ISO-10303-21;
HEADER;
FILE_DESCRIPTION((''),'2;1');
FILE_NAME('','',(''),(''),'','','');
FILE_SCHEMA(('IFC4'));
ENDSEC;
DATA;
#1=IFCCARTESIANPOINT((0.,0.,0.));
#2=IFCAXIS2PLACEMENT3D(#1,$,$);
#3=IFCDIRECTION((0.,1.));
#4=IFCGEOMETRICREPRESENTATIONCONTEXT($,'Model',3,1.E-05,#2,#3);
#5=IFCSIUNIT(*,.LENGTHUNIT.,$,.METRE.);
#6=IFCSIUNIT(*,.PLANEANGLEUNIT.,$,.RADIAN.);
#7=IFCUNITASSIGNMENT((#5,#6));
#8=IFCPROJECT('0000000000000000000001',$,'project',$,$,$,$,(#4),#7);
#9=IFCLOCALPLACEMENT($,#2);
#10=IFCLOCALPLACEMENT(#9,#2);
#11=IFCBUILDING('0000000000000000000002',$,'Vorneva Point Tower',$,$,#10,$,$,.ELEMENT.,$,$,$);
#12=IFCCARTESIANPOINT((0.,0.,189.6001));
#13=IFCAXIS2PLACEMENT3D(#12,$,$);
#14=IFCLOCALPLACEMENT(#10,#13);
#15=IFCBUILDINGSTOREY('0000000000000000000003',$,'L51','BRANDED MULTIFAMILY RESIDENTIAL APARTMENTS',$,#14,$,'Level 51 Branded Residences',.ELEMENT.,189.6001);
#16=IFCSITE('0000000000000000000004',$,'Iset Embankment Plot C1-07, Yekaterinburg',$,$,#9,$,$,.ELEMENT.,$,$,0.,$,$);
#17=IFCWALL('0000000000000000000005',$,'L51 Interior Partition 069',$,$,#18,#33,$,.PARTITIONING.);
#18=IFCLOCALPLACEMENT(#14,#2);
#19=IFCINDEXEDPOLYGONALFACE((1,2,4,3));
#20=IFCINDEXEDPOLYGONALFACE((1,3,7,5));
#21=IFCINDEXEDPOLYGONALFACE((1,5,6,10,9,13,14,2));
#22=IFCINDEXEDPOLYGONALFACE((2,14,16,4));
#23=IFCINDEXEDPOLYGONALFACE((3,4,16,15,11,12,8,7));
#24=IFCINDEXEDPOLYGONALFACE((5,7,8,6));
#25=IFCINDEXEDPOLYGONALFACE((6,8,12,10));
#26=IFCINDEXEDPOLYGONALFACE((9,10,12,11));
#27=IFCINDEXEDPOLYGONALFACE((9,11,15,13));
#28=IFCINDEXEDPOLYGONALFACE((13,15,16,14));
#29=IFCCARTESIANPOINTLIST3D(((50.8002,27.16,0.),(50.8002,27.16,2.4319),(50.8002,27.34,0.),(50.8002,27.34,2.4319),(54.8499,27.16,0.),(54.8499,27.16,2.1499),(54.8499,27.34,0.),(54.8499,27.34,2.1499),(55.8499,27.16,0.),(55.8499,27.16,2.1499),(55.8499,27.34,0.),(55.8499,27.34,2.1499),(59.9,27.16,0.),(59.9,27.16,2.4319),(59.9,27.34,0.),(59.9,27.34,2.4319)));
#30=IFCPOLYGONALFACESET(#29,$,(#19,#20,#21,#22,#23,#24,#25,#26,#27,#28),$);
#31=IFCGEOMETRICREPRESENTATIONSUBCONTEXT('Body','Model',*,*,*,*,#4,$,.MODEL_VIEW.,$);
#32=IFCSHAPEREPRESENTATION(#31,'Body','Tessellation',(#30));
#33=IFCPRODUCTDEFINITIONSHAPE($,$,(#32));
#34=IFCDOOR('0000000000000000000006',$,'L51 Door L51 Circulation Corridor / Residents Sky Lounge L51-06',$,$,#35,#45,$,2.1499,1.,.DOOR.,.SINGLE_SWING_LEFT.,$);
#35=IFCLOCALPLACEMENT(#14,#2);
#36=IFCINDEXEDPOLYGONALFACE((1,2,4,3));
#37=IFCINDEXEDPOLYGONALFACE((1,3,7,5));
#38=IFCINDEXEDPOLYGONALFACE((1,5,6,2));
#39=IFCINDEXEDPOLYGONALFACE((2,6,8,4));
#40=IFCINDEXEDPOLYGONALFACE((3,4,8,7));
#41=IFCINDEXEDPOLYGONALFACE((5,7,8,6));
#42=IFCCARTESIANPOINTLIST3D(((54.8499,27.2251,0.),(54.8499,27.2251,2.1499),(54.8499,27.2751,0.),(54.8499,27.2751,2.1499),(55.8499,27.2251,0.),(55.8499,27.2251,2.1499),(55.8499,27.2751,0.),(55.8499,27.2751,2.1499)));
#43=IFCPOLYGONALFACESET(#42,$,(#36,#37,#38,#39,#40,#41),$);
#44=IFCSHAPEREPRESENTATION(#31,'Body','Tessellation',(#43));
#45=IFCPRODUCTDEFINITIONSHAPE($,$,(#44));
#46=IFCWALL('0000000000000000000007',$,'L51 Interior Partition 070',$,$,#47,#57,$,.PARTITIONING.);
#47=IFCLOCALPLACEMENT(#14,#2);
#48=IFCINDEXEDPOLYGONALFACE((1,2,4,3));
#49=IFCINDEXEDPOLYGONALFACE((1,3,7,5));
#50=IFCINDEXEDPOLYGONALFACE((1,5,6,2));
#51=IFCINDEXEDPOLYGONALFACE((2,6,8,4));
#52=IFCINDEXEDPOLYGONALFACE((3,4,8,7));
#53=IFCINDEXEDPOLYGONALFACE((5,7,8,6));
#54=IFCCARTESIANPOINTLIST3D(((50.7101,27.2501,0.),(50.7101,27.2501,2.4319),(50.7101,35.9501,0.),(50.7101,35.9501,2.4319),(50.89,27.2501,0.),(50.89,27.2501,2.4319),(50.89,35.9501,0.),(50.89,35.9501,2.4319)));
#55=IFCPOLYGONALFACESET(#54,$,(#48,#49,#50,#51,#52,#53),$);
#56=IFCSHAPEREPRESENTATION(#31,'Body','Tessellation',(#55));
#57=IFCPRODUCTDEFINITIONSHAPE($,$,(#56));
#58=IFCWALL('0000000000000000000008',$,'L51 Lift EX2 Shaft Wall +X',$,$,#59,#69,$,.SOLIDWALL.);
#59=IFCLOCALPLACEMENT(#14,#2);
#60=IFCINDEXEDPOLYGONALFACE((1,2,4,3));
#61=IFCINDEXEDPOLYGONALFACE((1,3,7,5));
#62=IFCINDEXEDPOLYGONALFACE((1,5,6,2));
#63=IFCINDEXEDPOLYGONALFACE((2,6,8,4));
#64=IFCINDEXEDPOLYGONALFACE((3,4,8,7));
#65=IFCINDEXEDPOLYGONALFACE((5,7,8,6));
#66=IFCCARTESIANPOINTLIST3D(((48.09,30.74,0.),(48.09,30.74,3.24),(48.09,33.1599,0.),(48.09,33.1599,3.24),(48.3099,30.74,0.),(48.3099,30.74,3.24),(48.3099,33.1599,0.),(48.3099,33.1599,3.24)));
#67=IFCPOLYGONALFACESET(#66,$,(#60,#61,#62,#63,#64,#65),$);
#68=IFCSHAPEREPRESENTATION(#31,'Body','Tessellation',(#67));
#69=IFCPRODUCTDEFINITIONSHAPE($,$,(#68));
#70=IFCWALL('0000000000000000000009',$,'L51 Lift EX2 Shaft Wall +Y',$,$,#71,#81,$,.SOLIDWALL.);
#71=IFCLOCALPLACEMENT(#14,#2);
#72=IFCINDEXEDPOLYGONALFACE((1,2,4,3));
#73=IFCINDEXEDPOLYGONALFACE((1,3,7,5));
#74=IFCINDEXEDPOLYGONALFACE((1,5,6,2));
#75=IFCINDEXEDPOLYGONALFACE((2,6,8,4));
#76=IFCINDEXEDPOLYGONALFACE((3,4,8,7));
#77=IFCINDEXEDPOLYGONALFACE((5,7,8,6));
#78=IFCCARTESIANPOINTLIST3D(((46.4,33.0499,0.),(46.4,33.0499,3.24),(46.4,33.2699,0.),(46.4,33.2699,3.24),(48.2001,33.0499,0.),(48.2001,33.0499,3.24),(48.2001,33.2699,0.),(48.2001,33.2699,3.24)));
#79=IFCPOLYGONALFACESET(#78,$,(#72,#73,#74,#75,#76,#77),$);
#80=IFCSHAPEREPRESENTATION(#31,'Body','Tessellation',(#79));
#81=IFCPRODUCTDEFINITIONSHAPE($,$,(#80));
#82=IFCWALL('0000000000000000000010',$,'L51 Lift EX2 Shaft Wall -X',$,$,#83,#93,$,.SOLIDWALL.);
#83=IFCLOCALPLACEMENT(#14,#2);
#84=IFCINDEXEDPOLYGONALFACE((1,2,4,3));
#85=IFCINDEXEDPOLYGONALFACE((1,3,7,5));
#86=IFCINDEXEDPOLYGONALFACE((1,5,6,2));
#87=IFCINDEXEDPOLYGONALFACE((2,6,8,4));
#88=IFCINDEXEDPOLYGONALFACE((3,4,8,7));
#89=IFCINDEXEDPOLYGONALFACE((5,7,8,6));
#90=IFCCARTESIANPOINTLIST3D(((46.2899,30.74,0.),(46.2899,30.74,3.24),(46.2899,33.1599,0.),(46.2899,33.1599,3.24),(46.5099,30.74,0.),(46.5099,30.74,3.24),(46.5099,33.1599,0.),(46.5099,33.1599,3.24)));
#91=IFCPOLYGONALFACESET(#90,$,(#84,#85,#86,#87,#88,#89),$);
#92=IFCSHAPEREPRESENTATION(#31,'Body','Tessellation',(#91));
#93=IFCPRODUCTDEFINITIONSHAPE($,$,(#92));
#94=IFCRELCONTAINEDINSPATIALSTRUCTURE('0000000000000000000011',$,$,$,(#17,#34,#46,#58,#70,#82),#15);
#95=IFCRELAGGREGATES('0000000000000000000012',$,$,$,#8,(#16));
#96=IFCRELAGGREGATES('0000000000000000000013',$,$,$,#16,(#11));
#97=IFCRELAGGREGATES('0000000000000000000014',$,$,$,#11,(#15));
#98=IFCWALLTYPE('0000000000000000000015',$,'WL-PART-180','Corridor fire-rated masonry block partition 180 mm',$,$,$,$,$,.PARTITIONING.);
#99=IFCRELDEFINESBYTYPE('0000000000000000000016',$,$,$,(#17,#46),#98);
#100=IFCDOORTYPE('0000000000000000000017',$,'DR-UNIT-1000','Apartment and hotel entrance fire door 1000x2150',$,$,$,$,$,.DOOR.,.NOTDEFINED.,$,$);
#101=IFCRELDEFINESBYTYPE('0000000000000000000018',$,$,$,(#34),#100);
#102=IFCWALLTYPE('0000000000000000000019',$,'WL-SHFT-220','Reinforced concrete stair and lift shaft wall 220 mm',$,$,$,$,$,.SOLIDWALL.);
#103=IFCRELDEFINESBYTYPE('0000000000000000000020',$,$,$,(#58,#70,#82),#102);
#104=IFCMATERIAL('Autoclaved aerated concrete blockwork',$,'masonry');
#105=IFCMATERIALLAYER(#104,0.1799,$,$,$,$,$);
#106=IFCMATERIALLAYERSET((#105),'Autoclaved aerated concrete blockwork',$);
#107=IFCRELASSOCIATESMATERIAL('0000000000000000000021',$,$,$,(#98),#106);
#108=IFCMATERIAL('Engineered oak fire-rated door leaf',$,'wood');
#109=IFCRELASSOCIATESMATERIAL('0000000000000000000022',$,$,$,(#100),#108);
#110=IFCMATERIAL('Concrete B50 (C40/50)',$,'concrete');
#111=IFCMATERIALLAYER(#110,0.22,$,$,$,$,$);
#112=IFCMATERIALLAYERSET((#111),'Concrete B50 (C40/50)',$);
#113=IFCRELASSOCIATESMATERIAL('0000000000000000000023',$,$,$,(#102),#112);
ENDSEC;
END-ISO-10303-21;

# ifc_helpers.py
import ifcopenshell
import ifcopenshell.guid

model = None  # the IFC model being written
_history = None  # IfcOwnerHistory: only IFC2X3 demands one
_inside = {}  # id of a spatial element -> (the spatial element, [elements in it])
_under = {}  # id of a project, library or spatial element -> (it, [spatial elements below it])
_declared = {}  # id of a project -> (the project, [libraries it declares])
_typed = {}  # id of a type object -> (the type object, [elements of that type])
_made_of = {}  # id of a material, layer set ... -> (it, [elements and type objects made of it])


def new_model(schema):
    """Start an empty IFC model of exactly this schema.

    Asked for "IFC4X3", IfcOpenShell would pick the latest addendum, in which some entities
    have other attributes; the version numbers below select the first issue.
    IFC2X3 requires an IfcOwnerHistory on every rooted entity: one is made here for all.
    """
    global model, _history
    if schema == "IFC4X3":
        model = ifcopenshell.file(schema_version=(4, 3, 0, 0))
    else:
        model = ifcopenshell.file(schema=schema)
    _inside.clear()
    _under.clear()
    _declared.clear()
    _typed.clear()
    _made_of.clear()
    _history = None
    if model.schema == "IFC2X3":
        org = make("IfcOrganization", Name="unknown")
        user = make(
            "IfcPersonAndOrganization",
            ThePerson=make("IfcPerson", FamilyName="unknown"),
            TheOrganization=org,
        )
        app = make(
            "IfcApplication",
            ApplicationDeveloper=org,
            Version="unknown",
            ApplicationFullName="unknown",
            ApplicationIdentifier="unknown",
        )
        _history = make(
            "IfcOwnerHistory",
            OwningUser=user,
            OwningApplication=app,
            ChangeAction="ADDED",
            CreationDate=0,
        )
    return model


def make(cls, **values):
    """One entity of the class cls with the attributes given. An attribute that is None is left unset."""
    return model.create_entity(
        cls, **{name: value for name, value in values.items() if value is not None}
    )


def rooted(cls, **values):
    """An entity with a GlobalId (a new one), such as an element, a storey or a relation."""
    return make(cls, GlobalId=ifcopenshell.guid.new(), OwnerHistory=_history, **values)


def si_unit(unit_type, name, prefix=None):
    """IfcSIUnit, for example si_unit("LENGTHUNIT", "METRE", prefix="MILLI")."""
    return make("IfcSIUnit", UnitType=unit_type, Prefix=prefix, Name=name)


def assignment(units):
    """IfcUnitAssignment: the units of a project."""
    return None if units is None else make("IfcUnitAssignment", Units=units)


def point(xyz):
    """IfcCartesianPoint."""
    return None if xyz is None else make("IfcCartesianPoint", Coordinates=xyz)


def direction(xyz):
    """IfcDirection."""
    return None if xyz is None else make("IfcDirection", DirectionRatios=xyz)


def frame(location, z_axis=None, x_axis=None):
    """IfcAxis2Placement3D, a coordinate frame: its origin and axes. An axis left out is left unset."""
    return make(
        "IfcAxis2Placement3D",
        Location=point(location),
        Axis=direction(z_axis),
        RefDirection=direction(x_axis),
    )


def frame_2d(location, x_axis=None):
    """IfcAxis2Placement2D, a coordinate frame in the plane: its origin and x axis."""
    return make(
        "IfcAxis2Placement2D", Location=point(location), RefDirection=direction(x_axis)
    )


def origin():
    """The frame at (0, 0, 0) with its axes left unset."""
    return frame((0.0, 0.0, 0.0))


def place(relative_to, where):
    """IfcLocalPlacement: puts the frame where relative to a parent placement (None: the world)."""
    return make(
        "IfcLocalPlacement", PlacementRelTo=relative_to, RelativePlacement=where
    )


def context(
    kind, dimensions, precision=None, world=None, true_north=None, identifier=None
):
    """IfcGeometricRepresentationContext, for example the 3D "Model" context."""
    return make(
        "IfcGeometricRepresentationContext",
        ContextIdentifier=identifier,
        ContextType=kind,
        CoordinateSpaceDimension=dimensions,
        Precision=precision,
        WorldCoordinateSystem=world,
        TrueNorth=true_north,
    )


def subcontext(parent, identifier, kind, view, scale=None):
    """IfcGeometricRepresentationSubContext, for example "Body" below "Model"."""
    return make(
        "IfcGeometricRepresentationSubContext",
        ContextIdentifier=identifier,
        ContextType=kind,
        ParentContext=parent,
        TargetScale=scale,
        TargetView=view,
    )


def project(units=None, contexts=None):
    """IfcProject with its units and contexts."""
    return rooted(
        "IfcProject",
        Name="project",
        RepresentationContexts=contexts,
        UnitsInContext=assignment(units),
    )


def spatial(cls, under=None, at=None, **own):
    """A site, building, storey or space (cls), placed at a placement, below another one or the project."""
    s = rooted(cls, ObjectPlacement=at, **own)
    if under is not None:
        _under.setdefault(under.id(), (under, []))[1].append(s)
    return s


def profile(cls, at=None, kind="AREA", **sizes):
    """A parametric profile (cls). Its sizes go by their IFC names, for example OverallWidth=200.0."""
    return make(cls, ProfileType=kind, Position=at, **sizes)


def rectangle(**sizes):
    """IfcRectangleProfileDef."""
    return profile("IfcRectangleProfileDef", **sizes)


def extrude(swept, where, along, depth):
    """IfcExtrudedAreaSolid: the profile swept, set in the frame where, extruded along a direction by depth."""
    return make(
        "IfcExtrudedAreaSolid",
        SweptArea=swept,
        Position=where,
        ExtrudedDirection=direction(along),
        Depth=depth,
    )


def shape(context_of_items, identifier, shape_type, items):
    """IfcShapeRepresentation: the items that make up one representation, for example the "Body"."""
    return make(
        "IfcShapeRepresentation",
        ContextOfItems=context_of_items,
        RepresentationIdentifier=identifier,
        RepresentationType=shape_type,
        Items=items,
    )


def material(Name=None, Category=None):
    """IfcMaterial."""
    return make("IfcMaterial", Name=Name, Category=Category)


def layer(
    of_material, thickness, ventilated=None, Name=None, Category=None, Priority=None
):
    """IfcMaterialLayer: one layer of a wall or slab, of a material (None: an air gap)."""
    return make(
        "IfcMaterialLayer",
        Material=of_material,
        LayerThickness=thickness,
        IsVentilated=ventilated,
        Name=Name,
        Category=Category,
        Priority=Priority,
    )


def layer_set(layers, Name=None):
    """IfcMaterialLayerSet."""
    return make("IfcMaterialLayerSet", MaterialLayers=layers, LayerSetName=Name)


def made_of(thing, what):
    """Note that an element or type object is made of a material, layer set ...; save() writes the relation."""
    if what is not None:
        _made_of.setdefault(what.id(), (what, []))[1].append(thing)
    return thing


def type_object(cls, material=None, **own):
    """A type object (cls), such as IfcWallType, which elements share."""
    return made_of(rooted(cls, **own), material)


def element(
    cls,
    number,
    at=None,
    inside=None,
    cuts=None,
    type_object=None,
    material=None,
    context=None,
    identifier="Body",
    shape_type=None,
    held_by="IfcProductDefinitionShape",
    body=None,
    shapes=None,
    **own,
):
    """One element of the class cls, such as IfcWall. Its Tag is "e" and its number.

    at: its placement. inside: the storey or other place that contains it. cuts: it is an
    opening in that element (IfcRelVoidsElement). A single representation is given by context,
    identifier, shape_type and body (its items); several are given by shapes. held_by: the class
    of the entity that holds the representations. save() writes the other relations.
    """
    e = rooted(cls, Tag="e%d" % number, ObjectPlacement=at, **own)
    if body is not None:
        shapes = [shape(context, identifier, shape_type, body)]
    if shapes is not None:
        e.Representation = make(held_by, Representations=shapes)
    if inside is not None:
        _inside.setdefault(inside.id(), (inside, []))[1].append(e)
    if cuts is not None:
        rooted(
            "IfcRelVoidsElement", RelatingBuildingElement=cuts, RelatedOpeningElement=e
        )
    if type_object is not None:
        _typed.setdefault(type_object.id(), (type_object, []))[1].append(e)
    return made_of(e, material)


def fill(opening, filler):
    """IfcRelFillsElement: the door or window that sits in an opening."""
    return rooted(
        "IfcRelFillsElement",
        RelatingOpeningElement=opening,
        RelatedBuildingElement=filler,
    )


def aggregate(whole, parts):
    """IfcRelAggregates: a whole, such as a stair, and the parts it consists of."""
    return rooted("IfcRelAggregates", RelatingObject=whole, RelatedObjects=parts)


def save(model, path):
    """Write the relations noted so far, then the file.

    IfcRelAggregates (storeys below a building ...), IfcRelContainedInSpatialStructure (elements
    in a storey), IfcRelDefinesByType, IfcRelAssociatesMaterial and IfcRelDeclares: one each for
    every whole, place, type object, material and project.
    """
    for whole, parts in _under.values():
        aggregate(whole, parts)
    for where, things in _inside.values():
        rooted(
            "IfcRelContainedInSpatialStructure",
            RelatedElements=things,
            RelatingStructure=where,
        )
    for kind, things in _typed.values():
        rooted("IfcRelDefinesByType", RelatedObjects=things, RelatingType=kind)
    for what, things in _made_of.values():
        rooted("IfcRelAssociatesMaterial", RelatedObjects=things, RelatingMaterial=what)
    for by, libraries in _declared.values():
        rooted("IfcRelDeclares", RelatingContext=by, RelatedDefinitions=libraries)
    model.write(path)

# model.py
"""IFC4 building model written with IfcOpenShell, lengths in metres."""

from ifc_helpers import new_model, si_unit, direction, frame, frame_2d, origin, place, context, subcontext, project, spatial, rectangle, extrude, material, layer, layer_set, type_object, element, fill, save


model = new_model("IFC4")

# Units and contexts
model_context = context("Model", 3, precision=1e-05, world=origin(), true_north=direction((0.0, 1.0)))
body_context = subcontext(model_context, "Body", "Model", "MODEL_VIEW")
ifc_project = project(units=[si_unit("LENGTHUNIT", "METRE"), si_unit("PLANEANGLEUNIT", "RADIAN")], contexts=[model_context])

# Site, building, storey
site_placement = place(None, origin())
site = spatial("IfcSite", under=ifc_project, at=site_placement, Name="Iset Embankment Plot C1-07, Yekaterinburg", CompositionType="ELEMENT", RefElevation=0.0)
building_placement = place(site_placement, origin())
building = spatial("IfcBuilding", under=site, at=building_placement, Name="Vorneva Point Tower", CompositionType="ELEMENT")
storey_placement = place(building_placement, frame((0.0, 0.0, 189.6001)))
storey = spatial("IfcBuildingStorey", under=building, at=storey_placement, Name="L51", Description="BRANDED MULTIFAMILY RESIDENTIAL APARTMENTS", LongName="Level 51 Branded Residences", CompositionType="ELEMENT", Elevation=189.6001)

# Shared definitions
ifc_material_1 = material(Name="Concrete B50 (C40/50)", Category="concrete")

# Wall, opening, door
ifc_material_2 = material(Name="Autoclaved aerated concrete blockwork", Category="masonry")
ifc_layer_1 = layer(ifc_material_2, 0.1799)
ifc_layer_set_1 = layer_set([ifc_layer_1], Name="Autoclaved aerated concrete blockwork")
wall_type_1 = type_object("IfcWallType", Name="WL-PART-180", Description="Corridor fire-rated masonry block partition 180 mm", PredefinedType="PARTITIONING", material=ifc_layer_set_1)
wall_1_placement = place(storey_placement, frame((59.8999, 27.25, 0.0), z_axis=(0.0, 0.0, 1.0), x_axis=(-1.0, 0.0, 0.0)))
wall_1 = element("IfcWall", 1, at=wall_1_placement, inside=storey, type_object=wall_type_1, Name="L51 Interior Partition 069", PredefinedType="PARTITIONING", context=body_context, shape_type="SweptSolid", body=[
    extrude(rectangle(XDim=9.0999, YDim=0.1799, at=frame_2d((4.5498, 0.0))), origin(), (0.0, 0.0, 1.0), 2.4319),
])
opening_placement = place(wall_1_placement, frame((4.05, 0.0, 0.0)))
opening = element("IfcOpeningElement", 2, at=opening_placement, cuts=wall_1, PredefinedType="OPENING", context=body_context, shape_type="SweptSolid", body=[
    extrude(rectangle(XDim=1.0, YDim=2.1499, at=frame_2d((0.5, 1.075))), frame((0.0, 0.105, 0.0), z_axis=(0.0, -1.0, 0.0), x_axis=(1.0, 0.0, 0.0)), (0.0, 0.0, 1.0), 0.2097),
])
ifc_material_3 = material(Name="Engineered oak fire-rated door leaf", Category="wood")
door_type = type_object("IfcDoorType", Name="DR-UNIT-1000", Description="Apartment and hotel entrance fire door 1000x2150", OperationType="NOTDEFINED", PredefinedType="DOOR", material=ifc_material_3)
door_placement = place(opening_placement, origin())
door = element("IfcDoor", 3, at=door_placement, inside=storey, type_object=door_type, Name="L51 Door L51 Circulation Corridor / Residents Sky Lounge L51-06", OperationType="SINGLE_SWING_LEFT", OverallHeight=2.1499, OverallWidth=1.0, PredefinedType="DOOR", context=body_context, shape_type="SweptSolid", body=[
    extrude(rectangle(XDim=1.0, YDim=2.1499, at=frame_2d((0.5, 1.075))), frame((0.0, 0.0249, 0.0), z_axis=(0.0, -1.0, 0.0), x_axis=(1.0, 0.0, 0.0)), (0.0, 0.0, 1.0), 0.05),
])
fill(opening, door)

# Walls
wall_2_placement = place(storey_placement, frame((50.8, 27.25, 0.0), z_axis=(0.0, 0.0, 1.0), x_axis=(0.0, 1.0, 0.0)))
element("IfcWall", 4, at=wall_2_placement, inside=storey, type_object=wall_type_1, Name="L51 Interior Partition 070", PredefinedType="PARTITIONING", context=body_context, shape_type="SweptSolid", body=[
    extrude(rectangle(XDim=8.7, YDim=0.1799, at=frame_2d((4.3501, 0.0))), origin(), (0.0, 0.0, 1.0), 2.4319),
])
ifc_layer_2 = layer(ifc_material_1, 0.22)
ifc_layer_set_2 = layer_set([ifc_layer_2], Name="Concrete B50 (C40/50)")
wall_type_2 = type_object("IfcWallType", Name="WL-SHFT-220", Description="Reinforced concrete stair and lift shaft wall 220 mm", PredefinedType="SOLIDWALL", material=ifc_layer_set_2)
wall_3_placement = place(storey_placement, frame((48.2, 30.74, 0.0), z_axis=(0.0, 0.0, 1.0), x_axis=(0.0, 1.0, 0.0)))
element("IfcWall", 5, at=wall_3_placement, inside=storey, type_object=wall_type_2, Name="L51 Lift EX2 Shaft Wall +X", PredefinedType="SOLIDWALL", context=body_context, shape_type="SweptSolid", body=[
    extrude(rectangle(XDim=2.4199, YDim=0.22, at=frame_2d((1.21, 0.0))), origin(), (0.0, 0.0, 1.0), 3.24),
])
wall_4_placement = place(storey_placement, frame((48.2, 33.1599, 0.0), z_axis=(0.0, 0.0, 1.0), x_axis=(-1.0, 0.0, 0.0)))
element("IfcWall", 6, at=wall_4_placement, inside=storey, type_object=wall_type_2, Name="L51 Lift EX2 Shaft Wall +Y", PredefinedType="SOLIDWALL", context=body_context, shape_type="SweptSolid", body=[
    extrude(rectangle(XDim=1.8, YDim=0.22, at=frame_2d((0.8999, 0.0))), origin(), (0.0, 0.0, 1.0), 3.24),
])
wall_5_placement = place(storey_placement, frame((46.3999, 33.1599, 0.0), z_axis=(0.0, 0.0, 1.0), x_axis=(0.0, -1.0, 0.0)))
element("IfcWall", 7, at=wall_5_placement, inside=storey, type_object=wall_type_2, Name="L51 Lift EX2 Shaft Wall -X", PredefinedType="SOLIDWALL", context=body_context, shape_type="SweptSolid", body=[
    extrude(rectangle(XDim=2.4199, YDim=0.22, at=frame_2d((1.21, 0.0))), origin(), (0.0, 0.0, 1.0), 3.24),
])

save(model, "model.ifc")
